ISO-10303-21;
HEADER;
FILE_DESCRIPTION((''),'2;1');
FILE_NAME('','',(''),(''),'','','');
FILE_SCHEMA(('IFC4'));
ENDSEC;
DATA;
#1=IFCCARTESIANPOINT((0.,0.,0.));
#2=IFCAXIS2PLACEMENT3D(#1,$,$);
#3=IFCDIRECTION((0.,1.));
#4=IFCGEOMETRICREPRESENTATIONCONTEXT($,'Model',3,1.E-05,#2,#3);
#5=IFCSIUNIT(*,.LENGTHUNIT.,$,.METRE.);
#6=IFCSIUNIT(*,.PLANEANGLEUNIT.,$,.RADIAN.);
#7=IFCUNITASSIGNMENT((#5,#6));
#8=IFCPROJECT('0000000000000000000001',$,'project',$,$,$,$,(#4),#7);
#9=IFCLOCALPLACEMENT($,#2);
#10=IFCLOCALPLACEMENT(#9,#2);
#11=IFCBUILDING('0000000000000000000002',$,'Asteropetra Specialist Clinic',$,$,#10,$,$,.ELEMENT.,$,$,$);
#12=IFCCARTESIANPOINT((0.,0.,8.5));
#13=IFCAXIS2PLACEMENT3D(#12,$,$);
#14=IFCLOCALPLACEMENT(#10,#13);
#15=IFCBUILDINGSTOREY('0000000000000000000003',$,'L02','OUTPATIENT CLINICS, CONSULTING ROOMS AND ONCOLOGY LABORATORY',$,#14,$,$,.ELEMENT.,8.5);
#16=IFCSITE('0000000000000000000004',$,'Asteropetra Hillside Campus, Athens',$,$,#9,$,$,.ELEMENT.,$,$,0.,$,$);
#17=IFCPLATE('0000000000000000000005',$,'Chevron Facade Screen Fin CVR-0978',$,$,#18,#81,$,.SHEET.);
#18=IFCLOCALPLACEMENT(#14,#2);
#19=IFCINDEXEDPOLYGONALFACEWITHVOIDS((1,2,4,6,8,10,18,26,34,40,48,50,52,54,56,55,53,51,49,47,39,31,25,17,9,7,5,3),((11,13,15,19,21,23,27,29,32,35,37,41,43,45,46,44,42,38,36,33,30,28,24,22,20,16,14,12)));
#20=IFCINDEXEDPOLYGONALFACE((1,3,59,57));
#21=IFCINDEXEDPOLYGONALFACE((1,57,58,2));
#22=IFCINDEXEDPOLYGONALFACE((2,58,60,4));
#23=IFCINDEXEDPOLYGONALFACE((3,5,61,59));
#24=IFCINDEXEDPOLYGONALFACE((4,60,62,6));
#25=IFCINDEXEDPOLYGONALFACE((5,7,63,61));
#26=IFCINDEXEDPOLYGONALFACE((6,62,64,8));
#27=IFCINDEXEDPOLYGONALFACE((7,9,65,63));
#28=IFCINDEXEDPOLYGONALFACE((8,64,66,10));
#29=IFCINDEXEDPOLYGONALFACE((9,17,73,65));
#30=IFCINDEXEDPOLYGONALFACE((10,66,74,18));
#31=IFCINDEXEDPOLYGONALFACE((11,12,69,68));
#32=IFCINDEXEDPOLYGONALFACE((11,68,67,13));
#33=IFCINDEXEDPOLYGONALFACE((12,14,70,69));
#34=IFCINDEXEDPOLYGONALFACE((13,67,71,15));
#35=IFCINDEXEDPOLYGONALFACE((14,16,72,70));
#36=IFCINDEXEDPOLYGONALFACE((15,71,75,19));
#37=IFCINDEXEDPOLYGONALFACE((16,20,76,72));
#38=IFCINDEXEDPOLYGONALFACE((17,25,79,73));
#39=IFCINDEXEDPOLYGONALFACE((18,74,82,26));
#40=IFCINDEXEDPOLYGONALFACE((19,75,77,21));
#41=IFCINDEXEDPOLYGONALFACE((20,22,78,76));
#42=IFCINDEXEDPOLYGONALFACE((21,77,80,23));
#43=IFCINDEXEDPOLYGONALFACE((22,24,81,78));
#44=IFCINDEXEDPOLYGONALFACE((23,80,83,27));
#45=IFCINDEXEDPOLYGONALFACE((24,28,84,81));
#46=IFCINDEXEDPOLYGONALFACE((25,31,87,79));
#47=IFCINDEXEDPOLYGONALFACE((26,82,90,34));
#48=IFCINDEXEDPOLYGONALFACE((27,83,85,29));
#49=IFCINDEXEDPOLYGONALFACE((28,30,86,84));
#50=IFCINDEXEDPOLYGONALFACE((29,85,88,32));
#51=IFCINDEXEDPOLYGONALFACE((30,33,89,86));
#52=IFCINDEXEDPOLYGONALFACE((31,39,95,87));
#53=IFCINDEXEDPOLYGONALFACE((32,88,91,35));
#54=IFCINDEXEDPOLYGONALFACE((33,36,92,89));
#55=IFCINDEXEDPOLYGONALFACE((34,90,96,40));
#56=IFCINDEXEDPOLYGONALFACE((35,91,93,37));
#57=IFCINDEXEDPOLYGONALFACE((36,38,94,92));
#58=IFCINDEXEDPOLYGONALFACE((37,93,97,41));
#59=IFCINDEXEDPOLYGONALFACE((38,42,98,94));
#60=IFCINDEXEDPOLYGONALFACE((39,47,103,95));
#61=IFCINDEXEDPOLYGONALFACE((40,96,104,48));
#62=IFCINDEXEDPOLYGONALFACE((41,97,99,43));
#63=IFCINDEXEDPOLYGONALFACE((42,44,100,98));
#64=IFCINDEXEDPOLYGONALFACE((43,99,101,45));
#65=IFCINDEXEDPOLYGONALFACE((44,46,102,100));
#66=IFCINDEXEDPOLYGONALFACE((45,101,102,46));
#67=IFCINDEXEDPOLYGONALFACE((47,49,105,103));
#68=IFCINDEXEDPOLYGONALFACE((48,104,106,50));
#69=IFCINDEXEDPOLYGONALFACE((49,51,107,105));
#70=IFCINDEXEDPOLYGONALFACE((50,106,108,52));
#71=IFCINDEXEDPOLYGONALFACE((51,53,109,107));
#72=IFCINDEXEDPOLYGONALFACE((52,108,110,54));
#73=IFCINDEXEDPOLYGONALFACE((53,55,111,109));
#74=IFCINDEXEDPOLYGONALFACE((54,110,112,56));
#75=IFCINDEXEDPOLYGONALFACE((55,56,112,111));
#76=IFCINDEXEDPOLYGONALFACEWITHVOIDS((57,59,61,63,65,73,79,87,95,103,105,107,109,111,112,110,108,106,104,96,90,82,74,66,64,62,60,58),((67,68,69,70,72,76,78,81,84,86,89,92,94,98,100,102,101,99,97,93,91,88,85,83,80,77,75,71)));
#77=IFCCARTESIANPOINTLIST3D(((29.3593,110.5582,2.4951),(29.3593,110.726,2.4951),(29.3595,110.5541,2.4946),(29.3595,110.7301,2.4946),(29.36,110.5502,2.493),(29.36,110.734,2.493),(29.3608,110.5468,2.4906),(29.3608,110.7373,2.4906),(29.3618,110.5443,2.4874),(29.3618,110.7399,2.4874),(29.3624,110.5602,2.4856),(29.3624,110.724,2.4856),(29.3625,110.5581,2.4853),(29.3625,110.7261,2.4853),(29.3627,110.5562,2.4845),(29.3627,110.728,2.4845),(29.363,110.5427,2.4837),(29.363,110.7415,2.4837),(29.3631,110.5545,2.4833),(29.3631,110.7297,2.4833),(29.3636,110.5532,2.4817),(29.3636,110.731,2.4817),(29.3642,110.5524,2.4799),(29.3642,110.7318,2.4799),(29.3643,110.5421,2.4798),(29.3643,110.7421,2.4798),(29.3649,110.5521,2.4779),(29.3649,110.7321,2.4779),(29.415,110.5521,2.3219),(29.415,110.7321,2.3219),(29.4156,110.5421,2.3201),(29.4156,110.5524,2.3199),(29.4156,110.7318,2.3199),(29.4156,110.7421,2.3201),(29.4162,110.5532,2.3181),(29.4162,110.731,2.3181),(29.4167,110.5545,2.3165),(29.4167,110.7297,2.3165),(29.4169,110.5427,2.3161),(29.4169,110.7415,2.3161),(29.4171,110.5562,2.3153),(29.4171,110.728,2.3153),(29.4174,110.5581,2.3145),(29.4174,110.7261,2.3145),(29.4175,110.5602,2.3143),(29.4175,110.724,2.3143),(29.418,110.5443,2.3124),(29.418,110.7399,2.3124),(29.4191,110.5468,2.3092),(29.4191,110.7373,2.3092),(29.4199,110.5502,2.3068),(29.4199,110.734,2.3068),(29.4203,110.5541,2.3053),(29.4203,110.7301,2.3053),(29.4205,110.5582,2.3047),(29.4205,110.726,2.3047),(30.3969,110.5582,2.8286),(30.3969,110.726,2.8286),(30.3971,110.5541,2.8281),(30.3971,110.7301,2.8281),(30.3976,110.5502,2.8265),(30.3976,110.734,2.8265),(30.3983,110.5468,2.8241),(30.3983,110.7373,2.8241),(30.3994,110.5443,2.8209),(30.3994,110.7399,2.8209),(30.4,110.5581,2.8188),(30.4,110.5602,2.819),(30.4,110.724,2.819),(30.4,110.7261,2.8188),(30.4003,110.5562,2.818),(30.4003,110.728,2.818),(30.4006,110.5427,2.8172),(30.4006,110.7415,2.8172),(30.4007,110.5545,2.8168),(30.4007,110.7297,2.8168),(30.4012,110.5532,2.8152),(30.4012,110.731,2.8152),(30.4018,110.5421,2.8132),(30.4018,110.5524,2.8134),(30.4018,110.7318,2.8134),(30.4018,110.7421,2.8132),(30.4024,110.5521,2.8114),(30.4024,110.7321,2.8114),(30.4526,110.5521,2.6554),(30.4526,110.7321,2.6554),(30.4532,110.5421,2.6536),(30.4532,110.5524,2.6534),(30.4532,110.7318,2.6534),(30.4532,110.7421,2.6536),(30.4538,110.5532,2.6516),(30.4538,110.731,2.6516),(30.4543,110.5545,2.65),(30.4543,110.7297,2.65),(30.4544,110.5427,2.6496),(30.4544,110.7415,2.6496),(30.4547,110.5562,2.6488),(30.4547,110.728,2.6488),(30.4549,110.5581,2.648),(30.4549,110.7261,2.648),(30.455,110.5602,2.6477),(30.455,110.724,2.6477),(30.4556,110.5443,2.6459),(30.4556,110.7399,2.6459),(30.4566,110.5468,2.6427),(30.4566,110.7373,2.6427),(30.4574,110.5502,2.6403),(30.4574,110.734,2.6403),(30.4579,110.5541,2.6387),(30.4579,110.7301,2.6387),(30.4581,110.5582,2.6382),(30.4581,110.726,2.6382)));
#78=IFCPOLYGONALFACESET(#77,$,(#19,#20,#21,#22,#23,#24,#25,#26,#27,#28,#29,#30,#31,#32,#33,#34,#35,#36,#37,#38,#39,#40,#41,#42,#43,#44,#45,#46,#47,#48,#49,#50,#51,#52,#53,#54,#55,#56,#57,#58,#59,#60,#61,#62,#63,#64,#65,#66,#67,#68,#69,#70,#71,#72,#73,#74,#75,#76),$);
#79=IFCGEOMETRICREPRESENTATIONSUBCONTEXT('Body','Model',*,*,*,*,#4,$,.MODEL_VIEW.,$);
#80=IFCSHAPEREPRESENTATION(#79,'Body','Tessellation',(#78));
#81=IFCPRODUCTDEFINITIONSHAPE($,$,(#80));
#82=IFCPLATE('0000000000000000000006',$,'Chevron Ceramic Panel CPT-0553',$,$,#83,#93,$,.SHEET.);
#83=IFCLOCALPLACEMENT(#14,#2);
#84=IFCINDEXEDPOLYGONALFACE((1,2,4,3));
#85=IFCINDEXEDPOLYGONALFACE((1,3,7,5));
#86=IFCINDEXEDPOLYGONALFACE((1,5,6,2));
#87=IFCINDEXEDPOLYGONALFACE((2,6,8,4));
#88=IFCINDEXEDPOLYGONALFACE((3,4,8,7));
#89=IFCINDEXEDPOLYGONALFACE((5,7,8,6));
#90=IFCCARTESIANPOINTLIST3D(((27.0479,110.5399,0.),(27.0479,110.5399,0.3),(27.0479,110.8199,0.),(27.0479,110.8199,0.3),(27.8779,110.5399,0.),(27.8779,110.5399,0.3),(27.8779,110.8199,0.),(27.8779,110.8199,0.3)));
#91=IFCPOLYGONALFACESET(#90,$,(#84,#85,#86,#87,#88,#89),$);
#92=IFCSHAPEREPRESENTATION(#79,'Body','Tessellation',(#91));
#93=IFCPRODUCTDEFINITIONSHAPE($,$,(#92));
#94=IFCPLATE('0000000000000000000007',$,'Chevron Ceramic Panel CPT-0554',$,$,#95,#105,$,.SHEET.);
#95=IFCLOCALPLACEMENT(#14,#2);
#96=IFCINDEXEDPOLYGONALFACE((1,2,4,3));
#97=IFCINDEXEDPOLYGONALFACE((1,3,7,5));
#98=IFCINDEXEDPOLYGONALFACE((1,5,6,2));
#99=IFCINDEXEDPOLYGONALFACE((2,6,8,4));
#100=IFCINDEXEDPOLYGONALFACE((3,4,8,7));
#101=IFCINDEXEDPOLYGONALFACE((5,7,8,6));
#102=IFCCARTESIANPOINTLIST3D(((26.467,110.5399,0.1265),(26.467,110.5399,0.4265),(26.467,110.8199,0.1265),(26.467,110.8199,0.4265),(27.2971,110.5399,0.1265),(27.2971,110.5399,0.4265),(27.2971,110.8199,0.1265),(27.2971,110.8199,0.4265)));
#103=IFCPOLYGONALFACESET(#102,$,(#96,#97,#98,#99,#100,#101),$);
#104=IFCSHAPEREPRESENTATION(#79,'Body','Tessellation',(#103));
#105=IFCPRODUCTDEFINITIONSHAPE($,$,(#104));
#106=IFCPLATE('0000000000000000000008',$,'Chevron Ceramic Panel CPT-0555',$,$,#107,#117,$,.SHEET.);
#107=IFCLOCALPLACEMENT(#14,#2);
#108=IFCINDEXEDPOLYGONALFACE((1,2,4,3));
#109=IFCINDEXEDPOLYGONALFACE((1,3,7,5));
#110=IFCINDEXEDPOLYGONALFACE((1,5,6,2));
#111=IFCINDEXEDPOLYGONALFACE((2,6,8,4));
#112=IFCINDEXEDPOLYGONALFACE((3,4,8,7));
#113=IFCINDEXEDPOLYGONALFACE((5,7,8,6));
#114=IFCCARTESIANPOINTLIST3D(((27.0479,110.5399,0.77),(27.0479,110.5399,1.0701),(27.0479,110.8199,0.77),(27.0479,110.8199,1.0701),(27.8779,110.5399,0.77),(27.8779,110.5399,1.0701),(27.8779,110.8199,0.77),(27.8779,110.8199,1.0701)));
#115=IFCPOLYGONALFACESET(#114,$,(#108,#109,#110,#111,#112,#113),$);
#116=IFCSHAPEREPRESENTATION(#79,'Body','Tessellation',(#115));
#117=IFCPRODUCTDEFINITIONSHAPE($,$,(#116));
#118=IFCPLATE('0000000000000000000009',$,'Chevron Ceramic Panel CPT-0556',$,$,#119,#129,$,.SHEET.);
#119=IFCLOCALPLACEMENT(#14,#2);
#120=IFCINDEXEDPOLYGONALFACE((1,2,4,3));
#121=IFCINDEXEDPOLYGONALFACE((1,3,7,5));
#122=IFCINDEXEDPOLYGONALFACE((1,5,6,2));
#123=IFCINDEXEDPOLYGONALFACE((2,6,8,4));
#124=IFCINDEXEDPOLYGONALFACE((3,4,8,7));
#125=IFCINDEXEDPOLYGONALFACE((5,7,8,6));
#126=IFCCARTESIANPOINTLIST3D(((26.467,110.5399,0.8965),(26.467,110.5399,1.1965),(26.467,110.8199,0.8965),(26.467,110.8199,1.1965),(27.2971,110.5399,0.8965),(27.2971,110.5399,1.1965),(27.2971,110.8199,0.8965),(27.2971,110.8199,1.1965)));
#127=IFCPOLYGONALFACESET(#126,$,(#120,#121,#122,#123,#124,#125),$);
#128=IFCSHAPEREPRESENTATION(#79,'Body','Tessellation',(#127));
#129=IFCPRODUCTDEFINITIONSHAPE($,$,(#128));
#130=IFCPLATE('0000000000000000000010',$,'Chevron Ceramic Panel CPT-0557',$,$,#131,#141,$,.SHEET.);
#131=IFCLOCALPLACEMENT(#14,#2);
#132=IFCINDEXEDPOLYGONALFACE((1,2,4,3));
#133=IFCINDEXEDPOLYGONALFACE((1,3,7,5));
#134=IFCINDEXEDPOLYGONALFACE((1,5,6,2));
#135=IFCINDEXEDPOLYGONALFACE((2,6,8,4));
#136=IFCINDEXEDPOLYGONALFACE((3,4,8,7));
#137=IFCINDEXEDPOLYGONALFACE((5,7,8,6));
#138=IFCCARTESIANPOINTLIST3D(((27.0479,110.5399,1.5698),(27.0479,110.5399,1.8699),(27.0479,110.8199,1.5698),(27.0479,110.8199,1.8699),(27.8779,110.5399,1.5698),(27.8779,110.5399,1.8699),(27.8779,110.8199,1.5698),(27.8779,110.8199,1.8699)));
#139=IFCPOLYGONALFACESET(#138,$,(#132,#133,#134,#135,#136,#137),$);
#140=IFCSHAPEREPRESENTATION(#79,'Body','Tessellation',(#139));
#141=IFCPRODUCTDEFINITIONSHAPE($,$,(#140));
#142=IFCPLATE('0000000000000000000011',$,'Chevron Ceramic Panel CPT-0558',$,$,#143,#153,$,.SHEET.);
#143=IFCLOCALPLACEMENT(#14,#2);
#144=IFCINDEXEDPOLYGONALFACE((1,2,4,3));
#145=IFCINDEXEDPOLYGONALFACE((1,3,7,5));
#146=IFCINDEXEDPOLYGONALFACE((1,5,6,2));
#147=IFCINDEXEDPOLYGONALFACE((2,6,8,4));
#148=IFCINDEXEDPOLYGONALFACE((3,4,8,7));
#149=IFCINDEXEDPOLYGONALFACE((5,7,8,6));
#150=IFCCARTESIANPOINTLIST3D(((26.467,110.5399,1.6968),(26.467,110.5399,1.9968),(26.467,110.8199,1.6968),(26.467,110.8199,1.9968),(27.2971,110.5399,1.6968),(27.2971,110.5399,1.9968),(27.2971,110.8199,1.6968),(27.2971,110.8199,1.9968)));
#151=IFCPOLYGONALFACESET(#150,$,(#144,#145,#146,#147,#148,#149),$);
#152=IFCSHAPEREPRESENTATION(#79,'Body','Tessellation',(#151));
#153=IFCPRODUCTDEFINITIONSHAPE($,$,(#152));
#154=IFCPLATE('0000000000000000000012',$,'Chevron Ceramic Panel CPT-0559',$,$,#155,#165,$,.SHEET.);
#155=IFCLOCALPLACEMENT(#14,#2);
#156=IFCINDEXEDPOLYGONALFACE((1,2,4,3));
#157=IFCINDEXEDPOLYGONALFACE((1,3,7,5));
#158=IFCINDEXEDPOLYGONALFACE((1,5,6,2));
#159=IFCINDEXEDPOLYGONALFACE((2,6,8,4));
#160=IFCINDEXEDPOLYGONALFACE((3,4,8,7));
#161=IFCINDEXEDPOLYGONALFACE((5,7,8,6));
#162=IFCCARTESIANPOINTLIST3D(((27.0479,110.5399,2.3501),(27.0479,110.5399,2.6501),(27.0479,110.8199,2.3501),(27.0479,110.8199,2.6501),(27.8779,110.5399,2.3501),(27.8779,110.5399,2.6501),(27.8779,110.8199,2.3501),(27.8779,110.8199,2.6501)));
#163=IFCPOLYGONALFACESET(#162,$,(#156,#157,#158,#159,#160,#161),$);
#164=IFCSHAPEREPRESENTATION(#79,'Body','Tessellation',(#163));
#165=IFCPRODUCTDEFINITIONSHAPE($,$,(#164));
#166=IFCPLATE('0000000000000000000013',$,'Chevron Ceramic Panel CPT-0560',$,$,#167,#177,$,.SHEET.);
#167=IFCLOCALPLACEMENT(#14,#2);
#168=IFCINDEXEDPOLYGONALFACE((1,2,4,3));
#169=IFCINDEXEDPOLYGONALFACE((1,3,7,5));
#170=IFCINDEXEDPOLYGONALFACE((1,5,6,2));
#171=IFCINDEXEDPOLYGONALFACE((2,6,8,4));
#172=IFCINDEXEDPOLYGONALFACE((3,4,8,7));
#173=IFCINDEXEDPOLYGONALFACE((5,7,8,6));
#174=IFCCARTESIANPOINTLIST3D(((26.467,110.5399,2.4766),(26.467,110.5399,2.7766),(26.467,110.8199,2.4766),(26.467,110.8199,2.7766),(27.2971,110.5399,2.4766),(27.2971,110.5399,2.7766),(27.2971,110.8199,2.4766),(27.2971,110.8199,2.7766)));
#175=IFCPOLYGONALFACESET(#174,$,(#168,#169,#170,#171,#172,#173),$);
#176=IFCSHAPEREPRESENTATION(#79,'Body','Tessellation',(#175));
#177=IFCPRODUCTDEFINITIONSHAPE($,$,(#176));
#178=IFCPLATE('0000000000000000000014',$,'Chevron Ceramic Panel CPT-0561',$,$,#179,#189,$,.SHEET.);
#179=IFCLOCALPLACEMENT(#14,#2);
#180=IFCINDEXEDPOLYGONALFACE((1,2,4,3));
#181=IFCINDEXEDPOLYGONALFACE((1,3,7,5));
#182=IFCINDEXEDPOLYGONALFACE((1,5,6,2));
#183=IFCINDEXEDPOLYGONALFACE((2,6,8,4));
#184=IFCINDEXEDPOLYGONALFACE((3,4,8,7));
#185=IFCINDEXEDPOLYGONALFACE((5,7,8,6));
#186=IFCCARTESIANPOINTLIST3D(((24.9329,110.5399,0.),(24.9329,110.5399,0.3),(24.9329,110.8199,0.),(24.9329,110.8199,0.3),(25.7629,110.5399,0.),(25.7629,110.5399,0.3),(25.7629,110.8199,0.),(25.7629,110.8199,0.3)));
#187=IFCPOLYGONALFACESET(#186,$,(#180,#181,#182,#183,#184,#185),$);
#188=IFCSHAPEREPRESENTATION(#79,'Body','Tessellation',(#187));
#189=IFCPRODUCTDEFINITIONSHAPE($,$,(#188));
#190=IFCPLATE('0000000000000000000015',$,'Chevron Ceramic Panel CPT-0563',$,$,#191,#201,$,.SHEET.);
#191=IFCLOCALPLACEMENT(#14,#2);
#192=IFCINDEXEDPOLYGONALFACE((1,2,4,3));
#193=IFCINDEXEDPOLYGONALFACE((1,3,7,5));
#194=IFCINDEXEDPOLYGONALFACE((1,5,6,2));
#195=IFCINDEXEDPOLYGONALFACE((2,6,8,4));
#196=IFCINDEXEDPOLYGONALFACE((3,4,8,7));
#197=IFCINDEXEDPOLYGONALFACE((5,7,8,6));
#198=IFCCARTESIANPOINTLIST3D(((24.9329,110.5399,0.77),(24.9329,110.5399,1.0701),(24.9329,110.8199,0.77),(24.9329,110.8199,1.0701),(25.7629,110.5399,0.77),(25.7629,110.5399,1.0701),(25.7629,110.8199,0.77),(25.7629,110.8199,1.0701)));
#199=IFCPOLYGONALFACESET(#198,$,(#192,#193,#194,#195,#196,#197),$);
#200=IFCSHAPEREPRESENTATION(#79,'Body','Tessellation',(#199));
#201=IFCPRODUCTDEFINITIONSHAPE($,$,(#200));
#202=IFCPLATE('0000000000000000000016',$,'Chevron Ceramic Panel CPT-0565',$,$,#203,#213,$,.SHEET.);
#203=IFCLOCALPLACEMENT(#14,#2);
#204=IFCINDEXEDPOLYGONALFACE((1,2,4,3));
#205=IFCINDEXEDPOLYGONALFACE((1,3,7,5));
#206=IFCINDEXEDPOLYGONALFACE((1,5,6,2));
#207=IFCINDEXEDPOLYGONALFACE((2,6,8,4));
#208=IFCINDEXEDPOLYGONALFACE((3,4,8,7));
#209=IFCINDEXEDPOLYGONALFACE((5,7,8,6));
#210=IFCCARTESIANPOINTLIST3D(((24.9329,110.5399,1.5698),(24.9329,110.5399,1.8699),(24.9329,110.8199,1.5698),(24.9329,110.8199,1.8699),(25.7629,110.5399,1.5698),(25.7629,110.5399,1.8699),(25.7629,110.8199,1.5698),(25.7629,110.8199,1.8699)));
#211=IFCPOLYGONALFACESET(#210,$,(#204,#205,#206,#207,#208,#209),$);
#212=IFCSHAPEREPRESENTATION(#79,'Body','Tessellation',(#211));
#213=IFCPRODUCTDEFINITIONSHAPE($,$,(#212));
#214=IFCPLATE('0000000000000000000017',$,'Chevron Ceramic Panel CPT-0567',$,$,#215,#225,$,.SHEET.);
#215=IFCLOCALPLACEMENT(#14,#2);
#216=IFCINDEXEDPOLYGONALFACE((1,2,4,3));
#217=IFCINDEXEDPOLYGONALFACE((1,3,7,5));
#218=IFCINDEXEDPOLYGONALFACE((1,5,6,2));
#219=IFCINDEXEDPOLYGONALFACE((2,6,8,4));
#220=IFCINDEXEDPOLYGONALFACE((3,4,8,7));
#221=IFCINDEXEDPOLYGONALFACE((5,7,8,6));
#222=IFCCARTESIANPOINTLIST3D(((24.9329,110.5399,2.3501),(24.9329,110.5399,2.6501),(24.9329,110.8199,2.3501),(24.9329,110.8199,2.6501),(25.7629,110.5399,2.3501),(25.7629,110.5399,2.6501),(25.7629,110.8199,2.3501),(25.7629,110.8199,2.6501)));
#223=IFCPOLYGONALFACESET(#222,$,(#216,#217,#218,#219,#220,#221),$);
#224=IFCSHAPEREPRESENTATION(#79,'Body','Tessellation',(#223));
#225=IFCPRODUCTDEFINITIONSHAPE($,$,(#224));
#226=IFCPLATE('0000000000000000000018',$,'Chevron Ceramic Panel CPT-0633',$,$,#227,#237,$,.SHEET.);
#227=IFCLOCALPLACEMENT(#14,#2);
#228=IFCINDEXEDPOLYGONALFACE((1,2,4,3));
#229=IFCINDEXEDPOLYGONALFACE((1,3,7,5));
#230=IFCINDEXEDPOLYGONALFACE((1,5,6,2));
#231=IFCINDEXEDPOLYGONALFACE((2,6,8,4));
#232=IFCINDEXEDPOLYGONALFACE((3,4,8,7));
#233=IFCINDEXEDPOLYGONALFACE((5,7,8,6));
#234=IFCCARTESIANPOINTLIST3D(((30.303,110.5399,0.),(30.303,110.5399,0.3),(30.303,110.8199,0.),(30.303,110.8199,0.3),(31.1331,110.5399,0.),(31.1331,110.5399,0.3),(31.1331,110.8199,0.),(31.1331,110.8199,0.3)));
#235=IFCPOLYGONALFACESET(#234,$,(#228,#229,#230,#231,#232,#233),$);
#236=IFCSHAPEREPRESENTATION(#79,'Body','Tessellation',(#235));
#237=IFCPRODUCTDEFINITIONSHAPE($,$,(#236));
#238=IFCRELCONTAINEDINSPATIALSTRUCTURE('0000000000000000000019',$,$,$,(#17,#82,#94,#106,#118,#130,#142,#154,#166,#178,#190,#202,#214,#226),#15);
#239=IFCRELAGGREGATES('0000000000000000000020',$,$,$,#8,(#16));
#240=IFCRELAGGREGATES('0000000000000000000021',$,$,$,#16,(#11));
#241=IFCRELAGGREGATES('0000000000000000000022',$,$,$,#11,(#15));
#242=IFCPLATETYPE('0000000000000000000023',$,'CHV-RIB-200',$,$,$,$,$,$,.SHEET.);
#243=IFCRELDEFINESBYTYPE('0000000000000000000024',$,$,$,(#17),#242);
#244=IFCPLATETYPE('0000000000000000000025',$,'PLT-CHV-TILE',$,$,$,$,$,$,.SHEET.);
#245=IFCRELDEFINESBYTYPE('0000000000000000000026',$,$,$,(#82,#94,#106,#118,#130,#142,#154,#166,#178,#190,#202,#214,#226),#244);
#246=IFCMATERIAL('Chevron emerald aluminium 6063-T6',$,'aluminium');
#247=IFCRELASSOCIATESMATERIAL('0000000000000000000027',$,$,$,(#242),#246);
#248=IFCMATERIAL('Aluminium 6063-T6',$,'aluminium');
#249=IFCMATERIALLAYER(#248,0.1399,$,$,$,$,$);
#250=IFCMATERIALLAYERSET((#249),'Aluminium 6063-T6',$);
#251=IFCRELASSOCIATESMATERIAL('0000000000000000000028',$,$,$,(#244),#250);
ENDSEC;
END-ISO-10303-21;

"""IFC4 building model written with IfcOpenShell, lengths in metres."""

from ifc_helpers import new_model, si_unit, direction, frame, origin, origin_2d, place, context, subcontext, project, spatial, rectangle, hollow_rectangle, extrude, material, layer, layer_set, material_profile, profile_set, type_object, element, save


model = new_model("IFC4")

# Units and contexts
model_context = context("Model", 3, precision=1e-05, world=origin(), true_north=direction((0.0, 1.0)))
body_context = subcontext(model_context, "Body", "Model", "MODEL_VIEW")
ifc_project = project(units=[si_unit("LENGTHUNIT", "METRE"), si_unit("PLANEANGLEUNIT", "RADIAN")], contexts=[model_context])

# Site, building, storey
site_placement = place(None, origin())
site = spatial("IfcSite", under=ifc_project, at=site_placement, Name="Asteropetra Hillside Campus, Athens", CompositionType="ELEMENT", RefElevation=0.0)
building_placement = place(site_placement, origin())
building = spatial("IfcBuilding", under=site, at=building_placement, Name="Asteropetra Specialist Clinic", CompositionType="ELEMENT")
storey_placement = place(building_placement, frame((0.0, 0.0, 8.5)))
storey = spatial("IfcBuildingStorey", under=building, at=storey_placement, Name="L02", Description="OUTPATIENT CLINICS, CONSULTING ROOMS AND ONCOLOGY LABORATORY", CompositionType="ELEMENT", Elevation=8.5)

# Plates
ifc_material_1 = material(Name="Chevron emerald aluminium 6063-T6", Category="aluminium")
ifc_material_profile = material_profile(ifc_material_1, hollow_rectangle(XDim=0.2, YDim=0.2, WallThickness=0.01, InnerFilletRadius=0.0081, OuterFilletRadius=0.0161, at=origin_2d()), Name="SHS 200x200x10.0")
ifc_profile_set = profile_set([ifc_material_profile], Name="Chevron emerald aluminium 6063-T6")
plate_type_1 = type_object("IfcPlateType", Name="CHV-RIB-200", PredefinedType="SHEET", material=ifc_profile_set)
for number, where, z_axis, x_axis, name in (
    (1, (30.4275, 110.6421, 2.7334), (-0.952033, 0.0, -0.305995), (0.0, -1.0, 0.0), "Chevron Facade Screen Fin CVR-0978"),
):
    element("IfcPlate", number, at=place(storey_placement, frame(where, z_axis=z_axis, x_axis=x_axis)), inside=storey, type_object=plate_type_1, Name=name, PredefinedType="SHEET", context=body_context, shape_type="SweptSolid", body=[
        extrude(hollow_rectangle(XDim=0.2, YDim=0.2, WallThickness=0.01, InnerFilletRadius=0.0081, OuterFilletRadius=0.0161, at=origin_2d()), origin(), (0.0, 0.0, 1.0), 1.0898),
    ])
ifc_material_2 = material(Name="Aluminium 6063-T6", Category="aluminium")
ifc_layer_1 = layer(ifc_material_2, 0.1399)
ifc_layer_set_1 = layer_set([ifc_layer_1], Name="Aluminium 6063-T6")
plate_type_2 = type_object("IfcPlateType", Name="PLT-CHV-TILE", PredefinedType="SHEET", material=ifc_layer_set_1)
for number, where, z_axis, x_axis, name in (
    (2, (27.4629, 110.6799, 0.0), (0.0, 0.0, 1.0), (1.0, 0.0, 0.0), "Chevron Ceramic Panel CPT-0553"),
    (3, (26.8821, 110.6799, 0.1265), (0.0, 0.0, 1.0), (1.0, 0.0, 0.0), "Chevron Ceramic Panel CPT-0554"),
    (4, (27.4629, 110.6799, 0.77), (0.0, 0.0, 1.0), (1.0, 0.0, 0.0), "Chevron Ceramic Panel CPT-0555"),
    (5, (26.8821, 110.6799, 0.8965), (0.0, 0.0, 1.0), (1.0, 0.0, 0.0), "Chevron Ceramic Panel CPT-0556"),
    (6, (27.4629, 110.6799, 1.5698), (0.0, 0.0, 1.0), (1.0, 0.0, 0.0), "Chevron Ceramic Panel CPT-0557"),
    (7, (26.8821, 110.6799, 1.6968), (0.0, 0.0, 1.0), (1.0, 0.0, 0.0), "Chevron Ceramic Panel CPT-0558"),
    (8, (27.4629, 110.6799, 2.3501), (0.0, 0.0, 1.0), (1.0, 0.0, 0.0), "Chevron Ceramic Panel CPT-0559"),
    (9, (26.8821, 110.6799, 2.4766), (0.0, 0.0, 1.0), (1.0, 0.0, 0.0), "Chevron Ceramic Panel CPT-0560"),
    (10, (25.3479, 110.6799, 0.0), (0.0, 0.0, 1.0), (1.0, 0.0, 0.0), "Chevron Ceramic Panel CPT-0561"),
    (11, (25.3479, 110.6799, 0.77), (0.0, 0.0, 1.0), (1.0, 0.0, 0.0), "Chevron Ceramic Panel CPT-0563"),
    (12, (25.3479, 110.6799, 1.5698), (0.0, 0.0, 1.0), (1.0, 0.0, 0.0), "Chevron Ceramic Panel CPT-0565"),
    (13, (25.3479, 110.6799, 2.3501), (0.0, 0.0, 1.0), (1.0, 0.0, 0.0), "Chevron Ceramic Panel CPT-0567"),
    (14, (30.718, 110.6799, 0.0), (0.0, 0.0, 1.0), (1.0, 0.0, 0.0), "Chevron Ceramic Panel CPT-0633"),
):
    element("IfcPlate", number, at=place(storey_placement, frame(where, z_axis=z_axis, x_axis=x_axis)), inside=storey, type_object=plate_type_2, Name=name, PredefinedType="SHEET", context=body_context, shape_type="SweptSolid", body=[
        extrude(rectangle(XDim=0.8301, YDim=0.28, at=origin_2d()), origin(), (0.0, 0.0, 1.0), 0.3),
    ])

save(model, "model.ifc")
